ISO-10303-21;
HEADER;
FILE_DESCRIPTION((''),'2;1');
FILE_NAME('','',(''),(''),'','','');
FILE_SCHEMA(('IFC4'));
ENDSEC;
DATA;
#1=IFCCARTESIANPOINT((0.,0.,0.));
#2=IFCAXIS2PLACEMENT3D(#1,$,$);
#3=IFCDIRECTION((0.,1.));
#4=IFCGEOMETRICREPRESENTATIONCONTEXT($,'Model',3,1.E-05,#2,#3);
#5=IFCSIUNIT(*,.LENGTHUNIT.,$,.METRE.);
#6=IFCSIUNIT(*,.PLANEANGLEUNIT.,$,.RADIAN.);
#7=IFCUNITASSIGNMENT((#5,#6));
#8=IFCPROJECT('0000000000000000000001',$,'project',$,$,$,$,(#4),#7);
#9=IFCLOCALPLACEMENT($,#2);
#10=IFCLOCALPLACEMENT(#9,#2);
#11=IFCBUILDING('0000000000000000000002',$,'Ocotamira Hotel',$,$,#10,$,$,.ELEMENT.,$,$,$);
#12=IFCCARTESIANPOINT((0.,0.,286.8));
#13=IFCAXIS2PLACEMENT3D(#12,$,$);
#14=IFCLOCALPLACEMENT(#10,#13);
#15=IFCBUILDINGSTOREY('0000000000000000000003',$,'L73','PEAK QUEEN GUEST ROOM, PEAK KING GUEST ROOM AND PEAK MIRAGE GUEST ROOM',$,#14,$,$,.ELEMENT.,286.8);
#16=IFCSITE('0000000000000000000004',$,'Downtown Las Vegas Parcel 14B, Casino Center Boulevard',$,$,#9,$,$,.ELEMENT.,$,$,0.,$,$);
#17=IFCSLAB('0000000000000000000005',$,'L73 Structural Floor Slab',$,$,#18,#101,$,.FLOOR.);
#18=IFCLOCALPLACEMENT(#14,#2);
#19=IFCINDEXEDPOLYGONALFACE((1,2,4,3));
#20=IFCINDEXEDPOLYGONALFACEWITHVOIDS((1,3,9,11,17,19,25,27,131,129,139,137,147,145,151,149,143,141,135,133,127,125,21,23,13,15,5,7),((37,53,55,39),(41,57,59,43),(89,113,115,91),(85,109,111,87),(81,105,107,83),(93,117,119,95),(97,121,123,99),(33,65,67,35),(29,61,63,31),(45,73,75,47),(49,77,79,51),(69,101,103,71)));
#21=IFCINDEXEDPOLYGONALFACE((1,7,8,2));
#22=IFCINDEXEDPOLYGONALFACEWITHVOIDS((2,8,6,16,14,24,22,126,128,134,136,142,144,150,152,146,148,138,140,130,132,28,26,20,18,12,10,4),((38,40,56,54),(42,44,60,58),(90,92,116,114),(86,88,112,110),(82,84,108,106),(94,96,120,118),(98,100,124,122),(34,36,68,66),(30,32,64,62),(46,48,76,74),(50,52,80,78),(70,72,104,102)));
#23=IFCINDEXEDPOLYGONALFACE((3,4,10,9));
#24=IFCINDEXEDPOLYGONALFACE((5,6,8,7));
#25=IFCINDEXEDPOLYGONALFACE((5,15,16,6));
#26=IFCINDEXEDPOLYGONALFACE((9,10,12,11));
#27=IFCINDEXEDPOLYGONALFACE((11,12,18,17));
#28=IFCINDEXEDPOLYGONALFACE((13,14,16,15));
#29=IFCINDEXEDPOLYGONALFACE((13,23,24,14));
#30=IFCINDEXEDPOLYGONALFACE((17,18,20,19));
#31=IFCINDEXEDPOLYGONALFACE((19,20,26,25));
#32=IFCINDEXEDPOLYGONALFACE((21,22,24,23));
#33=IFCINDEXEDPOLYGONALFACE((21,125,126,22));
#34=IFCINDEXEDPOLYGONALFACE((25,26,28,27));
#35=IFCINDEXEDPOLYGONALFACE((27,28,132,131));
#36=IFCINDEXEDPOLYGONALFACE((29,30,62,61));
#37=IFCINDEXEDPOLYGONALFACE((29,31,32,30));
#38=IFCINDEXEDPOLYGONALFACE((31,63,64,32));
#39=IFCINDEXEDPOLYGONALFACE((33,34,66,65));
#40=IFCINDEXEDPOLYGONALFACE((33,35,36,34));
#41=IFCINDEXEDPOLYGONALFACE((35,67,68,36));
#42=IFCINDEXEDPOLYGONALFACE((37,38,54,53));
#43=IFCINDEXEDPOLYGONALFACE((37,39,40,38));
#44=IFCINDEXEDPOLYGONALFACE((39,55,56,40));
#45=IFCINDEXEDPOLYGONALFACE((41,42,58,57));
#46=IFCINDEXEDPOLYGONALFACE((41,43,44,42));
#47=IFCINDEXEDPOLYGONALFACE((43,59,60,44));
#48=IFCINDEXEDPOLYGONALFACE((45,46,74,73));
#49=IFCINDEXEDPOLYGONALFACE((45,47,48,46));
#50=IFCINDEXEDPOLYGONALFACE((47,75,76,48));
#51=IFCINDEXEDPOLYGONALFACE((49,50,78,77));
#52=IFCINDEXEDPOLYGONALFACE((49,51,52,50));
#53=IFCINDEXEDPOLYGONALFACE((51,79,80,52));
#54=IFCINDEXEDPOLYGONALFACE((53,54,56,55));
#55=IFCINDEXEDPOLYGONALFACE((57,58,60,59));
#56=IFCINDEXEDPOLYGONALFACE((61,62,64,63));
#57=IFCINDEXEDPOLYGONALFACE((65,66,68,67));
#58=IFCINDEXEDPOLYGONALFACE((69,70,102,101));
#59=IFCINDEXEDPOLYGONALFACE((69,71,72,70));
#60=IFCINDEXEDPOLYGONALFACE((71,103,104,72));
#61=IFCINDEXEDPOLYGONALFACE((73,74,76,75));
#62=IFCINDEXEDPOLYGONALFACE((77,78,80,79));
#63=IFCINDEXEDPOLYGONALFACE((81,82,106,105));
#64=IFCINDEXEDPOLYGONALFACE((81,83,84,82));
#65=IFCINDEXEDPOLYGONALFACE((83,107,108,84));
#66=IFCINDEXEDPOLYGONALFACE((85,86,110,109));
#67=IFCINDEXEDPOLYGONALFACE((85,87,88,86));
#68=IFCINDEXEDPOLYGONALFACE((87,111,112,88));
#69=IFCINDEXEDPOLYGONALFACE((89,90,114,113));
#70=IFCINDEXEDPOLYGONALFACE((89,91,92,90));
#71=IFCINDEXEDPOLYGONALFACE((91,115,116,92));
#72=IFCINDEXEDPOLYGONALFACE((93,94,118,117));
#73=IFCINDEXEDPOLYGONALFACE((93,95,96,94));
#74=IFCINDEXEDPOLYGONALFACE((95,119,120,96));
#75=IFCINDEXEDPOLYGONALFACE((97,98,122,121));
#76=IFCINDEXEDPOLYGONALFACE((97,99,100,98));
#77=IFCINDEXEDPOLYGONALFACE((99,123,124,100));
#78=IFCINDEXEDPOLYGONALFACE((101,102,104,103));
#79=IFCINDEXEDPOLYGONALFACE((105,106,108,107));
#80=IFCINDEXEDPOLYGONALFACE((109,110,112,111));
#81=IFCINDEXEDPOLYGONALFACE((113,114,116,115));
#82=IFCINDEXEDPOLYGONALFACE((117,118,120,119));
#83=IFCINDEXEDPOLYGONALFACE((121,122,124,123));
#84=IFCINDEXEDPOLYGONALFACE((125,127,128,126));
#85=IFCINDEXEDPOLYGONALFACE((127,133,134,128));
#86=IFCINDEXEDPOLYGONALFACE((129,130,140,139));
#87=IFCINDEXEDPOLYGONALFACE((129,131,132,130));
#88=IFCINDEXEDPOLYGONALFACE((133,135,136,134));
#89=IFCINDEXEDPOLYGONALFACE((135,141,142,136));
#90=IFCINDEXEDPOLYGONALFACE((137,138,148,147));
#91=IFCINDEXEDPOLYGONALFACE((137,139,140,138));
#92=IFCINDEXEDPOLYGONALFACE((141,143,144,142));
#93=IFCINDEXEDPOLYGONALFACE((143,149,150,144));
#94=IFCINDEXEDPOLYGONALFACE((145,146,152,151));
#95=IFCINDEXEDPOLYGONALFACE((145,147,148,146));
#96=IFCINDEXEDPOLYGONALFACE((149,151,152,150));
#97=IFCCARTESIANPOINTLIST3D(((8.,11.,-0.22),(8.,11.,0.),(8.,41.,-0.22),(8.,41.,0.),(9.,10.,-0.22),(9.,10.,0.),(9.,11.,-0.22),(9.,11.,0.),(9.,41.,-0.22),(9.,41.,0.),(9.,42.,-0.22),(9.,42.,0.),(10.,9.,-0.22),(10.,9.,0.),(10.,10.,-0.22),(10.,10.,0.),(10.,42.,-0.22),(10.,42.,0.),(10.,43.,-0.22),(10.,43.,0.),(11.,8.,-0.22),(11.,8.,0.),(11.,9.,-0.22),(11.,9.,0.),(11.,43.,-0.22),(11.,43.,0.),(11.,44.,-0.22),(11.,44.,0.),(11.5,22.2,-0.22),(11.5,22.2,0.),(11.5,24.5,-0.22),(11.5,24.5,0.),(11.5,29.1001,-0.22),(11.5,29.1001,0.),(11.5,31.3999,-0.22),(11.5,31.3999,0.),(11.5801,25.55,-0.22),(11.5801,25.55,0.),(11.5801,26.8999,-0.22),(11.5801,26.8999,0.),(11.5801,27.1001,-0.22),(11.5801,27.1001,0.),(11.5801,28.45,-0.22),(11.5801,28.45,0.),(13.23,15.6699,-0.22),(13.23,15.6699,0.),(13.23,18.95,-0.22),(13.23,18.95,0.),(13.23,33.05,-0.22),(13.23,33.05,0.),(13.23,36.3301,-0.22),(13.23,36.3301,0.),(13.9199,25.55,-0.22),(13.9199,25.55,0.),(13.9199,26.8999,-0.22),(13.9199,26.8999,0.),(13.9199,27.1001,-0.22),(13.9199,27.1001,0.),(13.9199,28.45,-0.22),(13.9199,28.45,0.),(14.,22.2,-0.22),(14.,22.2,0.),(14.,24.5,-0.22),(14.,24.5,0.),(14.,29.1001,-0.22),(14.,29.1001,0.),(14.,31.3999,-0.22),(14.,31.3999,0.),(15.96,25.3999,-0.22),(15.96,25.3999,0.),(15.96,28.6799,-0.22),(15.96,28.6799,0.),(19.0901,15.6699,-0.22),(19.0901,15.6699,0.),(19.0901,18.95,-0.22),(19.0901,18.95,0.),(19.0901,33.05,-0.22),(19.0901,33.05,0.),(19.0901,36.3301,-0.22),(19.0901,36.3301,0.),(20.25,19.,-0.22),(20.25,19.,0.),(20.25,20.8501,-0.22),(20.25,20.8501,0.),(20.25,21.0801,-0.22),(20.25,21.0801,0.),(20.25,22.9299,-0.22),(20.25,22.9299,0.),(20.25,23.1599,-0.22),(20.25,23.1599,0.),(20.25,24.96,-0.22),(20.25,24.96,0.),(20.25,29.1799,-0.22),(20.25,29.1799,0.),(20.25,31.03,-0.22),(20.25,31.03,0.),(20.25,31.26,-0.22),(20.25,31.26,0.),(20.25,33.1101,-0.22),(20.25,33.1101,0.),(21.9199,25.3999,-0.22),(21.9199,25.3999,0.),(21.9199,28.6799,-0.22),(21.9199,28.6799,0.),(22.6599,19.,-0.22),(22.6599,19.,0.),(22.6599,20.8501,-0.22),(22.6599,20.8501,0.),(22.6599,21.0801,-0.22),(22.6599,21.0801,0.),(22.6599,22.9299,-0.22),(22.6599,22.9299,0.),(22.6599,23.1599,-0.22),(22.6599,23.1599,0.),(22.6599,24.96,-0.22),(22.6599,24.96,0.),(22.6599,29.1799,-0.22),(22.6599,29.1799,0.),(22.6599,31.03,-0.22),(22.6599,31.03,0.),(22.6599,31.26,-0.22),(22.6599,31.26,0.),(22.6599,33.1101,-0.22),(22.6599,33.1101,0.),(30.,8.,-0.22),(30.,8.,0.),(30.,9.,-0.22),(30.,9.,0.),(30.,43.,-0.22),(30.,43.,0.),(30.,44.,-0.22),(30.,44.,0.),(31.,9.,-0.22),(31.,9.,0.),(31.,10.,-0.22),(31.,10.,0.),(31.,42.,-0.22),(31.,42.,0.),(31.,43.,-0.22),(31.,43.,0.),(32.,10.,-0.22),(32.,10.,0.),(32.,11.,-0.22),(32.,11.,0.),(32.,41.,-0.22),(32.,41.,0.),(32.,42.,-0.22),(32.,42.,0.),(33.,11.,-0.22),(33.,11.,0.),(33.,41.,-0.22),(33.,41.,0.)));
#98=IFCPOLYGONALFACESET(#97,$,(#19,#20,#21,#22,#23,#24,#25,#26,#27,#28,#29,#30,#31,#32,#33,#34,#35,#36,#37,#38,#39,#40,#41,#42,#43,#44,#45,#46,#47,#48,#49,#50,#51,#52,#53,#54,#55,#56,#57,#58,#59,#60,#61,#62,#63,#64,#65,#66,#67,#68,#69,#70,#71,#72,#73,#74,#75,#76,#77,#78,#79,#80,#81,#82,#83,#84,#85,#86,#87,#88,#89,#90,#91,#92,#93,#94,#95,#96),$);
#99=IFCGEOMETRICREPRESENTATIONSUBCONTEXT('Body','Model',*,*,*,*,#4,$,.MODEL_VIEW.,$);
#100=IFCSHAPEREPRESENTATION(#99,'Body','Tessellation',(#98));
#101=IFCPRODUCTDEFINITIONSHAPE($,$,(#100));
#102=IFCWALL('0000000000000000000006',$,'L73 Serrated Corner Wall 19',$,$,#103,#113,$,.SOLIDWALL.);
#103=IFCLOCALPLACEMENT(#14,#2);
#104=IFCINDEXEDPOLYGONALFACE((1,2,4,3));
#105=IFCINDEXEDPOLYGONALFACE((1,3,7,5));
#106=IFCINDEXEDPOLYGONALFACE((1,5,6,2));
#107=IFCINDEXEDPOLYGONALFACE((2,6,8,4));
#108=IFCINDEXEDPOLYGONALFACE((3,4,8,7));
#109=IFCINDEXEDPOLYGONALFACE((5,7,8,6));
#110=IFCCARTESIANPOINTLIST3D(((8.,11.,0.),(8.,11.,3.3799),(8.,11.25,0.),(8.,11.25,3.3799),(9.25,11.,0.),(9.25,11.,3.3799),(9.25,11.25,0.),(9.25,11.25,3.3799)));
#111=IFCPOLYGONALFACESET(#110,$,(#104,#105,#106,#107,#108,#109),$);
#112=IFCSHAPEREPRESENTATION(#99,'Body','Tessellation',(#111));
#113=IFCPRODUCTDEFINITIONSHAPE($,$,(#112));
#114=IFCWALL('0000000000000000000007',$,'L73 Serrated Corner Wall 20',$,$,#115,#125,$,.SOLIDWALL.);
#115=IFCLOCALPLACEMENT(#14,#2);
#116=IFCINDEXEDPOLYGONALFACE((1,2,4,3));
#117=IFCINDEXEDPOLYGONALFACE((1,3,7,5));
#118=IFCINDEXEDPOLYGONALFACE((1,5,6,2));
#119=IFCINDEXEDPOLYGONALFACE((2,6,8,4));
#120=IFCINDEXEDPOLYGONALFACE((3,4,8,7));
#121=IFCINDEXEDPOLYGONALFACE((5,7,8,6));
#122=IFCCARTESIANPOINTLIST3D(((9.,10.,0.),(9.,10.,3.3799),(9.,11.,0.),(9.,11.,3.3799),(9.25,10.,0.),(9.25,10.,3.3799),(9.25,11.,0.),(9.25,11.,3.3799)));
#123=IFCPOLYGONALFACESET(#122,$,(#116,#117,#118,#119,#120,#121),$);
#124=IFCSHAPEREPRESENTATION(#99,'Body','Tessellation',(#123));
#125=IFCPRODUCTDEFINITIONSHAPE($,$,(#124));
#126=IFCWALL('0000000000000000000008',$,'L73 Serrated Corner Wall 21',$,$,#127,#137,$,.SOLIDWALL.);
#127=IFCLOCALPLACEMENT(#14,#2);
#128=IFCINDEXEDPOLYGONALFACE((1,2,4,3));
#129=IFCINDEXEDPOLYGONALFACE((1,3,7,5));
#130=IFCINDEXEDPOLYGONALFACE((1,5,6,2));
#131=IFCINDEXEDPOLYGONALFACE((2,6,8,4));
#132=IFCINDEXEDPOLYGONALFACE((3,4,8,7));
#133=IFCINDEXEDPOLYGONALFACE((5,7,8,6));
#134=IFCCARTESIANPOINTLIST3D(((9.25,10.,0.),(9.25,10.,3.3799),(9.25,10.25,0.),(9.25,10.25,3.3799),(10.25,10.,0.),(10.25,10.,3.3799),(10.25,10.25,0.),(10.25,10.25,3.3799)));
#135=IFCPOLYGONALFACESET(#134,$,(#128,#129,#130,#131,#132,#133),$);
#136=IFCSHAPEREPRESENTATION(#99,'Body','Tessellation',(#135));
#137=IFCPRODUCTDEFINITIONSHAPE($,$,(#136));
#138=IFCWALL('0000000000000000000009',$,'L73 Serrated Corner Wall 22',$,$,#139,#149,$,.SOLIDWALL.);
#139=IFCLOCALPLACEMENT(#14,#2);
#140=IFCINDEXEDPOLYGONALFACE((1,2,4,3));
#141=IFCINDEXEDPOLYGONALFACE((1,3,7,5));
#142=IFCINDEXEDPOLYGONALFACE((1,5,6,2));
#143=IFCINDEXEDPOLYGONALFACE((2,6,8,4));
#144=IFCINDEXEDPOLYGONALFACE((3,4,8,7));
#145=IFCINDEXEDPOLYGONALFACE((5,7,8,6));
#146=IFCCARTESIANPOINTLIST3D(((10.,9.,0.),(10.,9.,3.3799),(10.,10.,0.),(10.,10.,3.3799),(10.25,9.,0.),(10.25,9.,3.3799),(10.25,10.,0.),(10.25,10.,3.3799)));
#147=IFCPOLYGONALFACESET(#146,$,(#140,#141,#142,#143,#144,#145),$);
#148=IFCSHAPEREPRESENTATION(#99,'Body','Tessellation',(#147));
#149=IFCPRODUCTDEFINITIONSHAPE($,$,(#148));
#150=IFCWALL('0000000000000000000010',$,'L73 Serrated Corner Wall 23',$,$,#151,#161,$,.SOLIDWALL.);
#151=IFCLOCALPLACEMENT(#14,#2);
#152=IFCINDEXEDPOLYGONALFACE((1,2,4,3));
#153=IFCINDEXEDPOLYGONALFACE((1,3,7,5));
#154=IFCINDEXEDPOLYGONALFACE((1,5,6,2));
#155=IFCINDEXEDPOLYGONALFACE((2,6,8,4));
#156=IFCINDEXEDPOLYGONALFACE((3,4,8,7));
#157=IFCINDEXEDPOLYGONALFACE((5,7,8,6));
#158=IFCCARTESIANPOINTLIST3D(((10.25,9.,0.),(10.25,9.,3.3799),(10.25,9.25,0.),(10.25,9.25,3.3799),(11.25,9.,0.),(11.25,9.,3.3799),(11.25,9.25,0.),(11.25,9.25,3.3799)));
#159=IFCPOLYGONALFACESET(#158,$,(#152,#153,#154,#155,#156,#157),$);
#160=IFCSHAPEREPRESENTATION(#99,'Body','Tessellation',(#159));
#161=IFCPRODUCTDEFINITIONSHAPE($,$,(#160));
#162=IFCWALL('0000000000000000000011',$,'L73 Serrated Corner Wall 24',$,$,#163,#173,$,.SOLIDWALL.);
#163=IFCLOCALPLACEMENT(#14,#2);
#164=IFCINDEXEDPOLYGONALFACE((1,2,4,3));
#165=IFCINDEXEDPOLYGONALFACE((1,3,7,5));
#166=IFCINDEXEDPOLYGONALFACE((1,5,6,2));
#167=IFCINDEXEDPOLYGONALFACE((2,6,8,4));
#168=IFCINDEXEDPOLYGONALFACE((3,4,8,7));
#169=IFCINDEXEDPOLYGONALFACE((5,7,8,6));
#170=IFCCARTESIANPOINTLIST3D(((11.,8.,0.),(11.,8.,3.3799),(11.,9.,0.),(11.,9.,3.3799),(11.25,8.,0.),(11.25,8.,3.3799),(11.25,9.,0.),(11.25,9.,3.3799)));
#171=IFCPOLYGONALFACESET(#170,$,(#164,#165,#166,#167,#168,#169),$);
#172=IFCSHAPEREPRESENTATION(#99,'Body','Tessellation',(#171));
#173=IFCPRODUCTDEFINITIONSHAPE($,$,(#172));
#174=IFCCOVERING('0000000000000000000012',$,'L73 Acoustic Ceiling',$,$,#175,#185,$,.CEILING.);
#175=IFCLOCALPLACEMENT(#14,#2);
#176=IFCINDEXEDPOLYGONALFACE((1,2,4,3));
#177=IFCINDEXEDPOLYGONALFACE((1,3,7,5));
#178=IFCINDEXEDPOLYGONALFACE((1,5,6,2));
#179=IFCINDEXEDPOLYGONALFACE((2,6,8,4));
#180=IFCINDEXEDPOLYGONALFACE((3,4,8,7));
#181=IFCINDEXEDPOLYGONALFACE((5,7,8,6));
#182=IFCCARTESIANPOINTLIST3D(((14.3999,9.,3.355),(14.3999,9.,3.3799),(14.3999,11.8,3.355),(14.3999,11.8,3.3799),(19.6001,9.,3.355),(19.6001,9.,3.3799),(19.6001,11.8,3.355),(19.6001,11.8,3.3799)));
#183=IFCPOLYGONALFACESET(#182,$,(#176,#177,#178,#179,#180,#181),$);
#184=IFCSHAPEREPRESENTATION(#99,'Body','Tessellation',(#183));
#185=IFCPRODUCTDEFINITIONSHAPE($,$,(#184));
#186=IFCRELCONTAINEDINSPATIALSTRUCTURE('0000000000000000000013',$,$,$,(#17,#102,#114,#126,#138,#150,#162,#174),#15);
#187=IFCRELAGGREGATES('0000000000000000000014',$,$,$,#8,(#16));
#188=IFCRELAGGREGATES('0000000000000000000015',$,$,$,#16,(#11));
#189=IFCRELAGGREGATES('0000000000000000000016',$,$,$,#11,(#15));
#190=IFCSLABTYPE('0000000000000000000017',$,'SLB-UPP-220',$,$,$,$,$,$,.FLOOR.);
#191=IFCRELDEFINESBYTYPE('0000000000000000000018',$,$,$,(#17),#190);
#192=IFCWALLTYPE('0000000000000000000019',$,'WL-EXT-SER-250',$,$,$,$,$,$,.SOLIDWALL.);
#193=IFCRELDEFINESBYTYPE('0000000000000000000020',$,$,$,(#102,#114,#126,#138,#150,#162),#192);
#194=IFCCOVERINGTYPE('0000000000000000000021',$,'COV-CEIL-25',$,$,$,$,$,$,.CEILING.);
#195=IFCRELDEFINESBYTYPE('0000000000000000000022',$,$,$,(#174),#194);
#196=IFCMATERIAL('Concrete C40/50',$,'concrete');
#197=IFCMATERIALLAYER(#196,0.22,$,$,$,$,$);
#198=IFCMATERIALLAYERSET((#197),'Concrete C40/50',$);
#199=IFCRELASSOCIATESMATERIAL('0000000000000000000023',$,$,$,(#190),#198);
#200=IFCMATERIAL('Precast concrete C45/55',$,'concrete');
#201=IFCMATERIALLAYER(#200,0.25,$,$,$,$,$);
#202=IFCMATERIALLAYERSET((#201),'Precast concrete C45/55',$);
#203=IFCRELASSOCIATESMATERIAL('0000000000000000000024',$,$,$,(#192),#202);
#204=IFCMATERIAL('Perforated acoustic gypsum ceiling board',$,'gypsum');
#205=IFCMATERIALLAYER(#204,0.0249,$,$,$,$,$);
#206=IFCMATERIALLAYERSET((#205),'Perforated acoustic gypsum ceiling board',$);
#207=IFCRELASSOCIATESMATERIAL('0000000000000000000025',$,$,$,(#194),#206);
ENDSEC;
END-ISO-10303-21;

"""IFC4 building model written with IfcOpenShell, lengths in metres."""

from ifc_helpers import new_model, si_unit, direction, frame, frame_2d, origin, place, context, subcontext, project, spatial, polyline, rectangle, outline, extrude, material, layer, layer_set, type_object, element, save


model = new_model("IFC4")

# Units and contexts
model_context = context("Model", 3, precision=1e-05, world=origin(), true_north=direction((0.0, 1.0)))
body_context = subcontext(model_context, "Body", "Model", "MODEL_VIEW")
ifc_project = project(units=[si_unit("LENGTHUNIT", "METRE"), si_unit("PLANEANGLEUNIT", "RADIAN")], contexts=[model_context])

# Site, building, storey
site_placement = place(None, origin())
site = spatial("IfcSite", under=ifc_project, at=site_placement, Name="Downtown Las Vegas Parcel 14B, Casino Center Boulevard", CompositionType="ELEMENT", RefElevation=0.0)
building_placement = place(site_placement, origin())
building = spatial("IfcBuilding", under=site, at=building_placement, Name="Ocotamira Hotel", CompositionType="ELEMENT")
storey_placement = place(building_placement, frame((0.0, 0.0, 286.8)))
storey = spatial("IfcBuildingStorey", under=building, at=storey_placement, Name="L73", Description="PEAK QUEEN GUEST ROOM, PEAK KING GUEST ROOM AND PEAK MIRAGE GUEST ROOM", CompositionType="ELEMENT", Elevation=286.8)

# Shared definitions
ifc_material_1 = material(Name="Concrete C40/50", Category="concrete")

# Slab
ifc_layer_1 = layer(ifc_material_1, 0.22)
ifc_layer_set_1 = layer_set([ifc_layer_1], Name="Concrete C40/50")
slab_type_1 = type_object("IfcSlabType", Name="SLB-UPP-220", PredefinedType="FLOOR", material=ifc_layer_set_1)
slab_1_placement = place(storey_placement, frame((0.0, 0.0, -0.22)))
element("IfcSlab", 1, at=slab_1_placement, inside=storey, type_object=slab_type_1, Name="L73 Structural Floor Slab", PredefinedType="FLOOR", context=body_context, shape_type="SweptSolid", body=[
    extrude(outline(polyline([(11.0, 8.0), (30.0, 8.0), (30.0, 9.0), (31.0, 9.0), (31.0, 10.0), (32.0, 10.0), (32.0, 11.0), (33.0, 11.0), (33.0, 41.0), (32.0, 41.0), (32.0, 42.0), (31.0, 42.0), (31.0, 43.0), (30.0, 43.0), (30.0, 44.0), (11.0, 44.0), (11.0, 43.0), (10.0, 43.0), (10.0, 42.0), (9.0, 42.0), (9.0, 41.0), (8.0, 41.0), (8.0, 11.0), (9.0, 11.0), (9.0, 10.0), (10.0, 10.0), (10.0, 9.0), (11.0, 9.0), (11.0, 8.0)]), holes=[polyline([(13.23, 15.6699), (19.0901, 15.6699), (19.0901, 18.95), (13.23, 18.95), (13.23, 15.6699)]), polyline([(13.23, 33.05), (19.0901, 33.05), (19.0901, 36.3301), (13.23, 36.3301), (13.23, 33.05)]), polyline([(15.96, 25.3999), (21.9199, 25.3999), (21.9199, 28.6799), (15.96, 28.6799), (15.96, 25.3999)]), polyline([(20.25, 19.0), (22.6599, 19.0), (22.6599, 20.8501), (20.25, 20.8501), (20.25, 19.0)]), polyline([(20.25, 21.0801), (22.6599, 21.0801), (22.6599, 22.9299), (20.25, 22.9299), (20.25, 21.0801)]), polyline([(20.25, 23.1599), (22.6599, 23.1599), (22.6599, 24.96), (20.25, 24.96), (20.25, 23.1599)]), polyline([(20.25, 29.1799), (22.6599, 29.1799), (22.6599, 31.03), (20.25, 31.03), (20.25, 29.1799)]), polyline([(20.25, 31.26), (22.6599, 31.26), (22.6599, 33.1101), (20.25, 33.1101), (20.25, 31.26)]), polyline([(11.5, 22.2), (14.0, 22.2), (14.0, 24.5), (11.5, 24.5), (11.5, 22.2)]), polyline([(11.5, 29.1001), (14.0, 29.1001), (14.0, 31.3999), (11.5, 31.3999), (11.5, 29.1001)]), polyline([(11.5801, 25.55), (13.9199, 25.55), (13.9199, 26.8999), (11.5801, 26.8999), (11.5801, 25.55)]), polyline([(11.5801, 27.1001), (13.9199, 27.1001), (13.9199, 28.45), (11.5801, 28.45), (11.5801, 27.1001)])]), origin(), (0.0, 0.0, 1.0), 0.22),
])

# Walls
ifc_material_2 = material(Name="Precast concrete C45/55", Category="concrete")
ifc_layer_2 = layer(ifc_material_2, 0.25)
ifc_layer_set_2 = layer_set([ifc_layer_2], Name="Precast concrete C45/55")
wall_type_1 = type_object("IfcWallType", Name="WL-EXT-SER-250", PredefinedType="SOLIDWALL", material=ifc_layer_set_2)
wall_1_placement = place(storey_placement, frame((8.0, 11.125, 0.0), z_axis=(0.0, 0.0, 1.0), x_axis=(1.0, 0.0, 0.0)))
element("IfcWall", 2, at=wall_1_placement, inside=storey, type_object=wall_type_1, Name="L73 Serrated Corner Wall 19", PredefinedType="SOLIDWALL", context=body_context, shape_type="SweptSolid", body=[
    extrude(rectangle(XDim=1.25, YDim=0.25, at=frame_2d((0.625, 0.0))), origin(), (0.0, 0.0, 1.0), 3.3799),
])
for number, where, z_axis, x_axis, name in (
    (3, (9.125, 11.0, 0.0), (0.0, 0.0, 1.0), (0.0, -1.0, 0.0), "L73 Serrated Corner Wall 20"),
    (4, (9.25, 10.125, 0.0), (0.0, 0.0, 1.0), (1.0, 0.0, 0.0), "L73 Serrated Corner Wall 21"),
    (5, (10.125, 10.0, 0.0), (0.0, 0.0, 1.0), (0.0, -1.0, 0.0), "L73 Serrated Corner Wall 22"),
    (6, (10.25, 9.125, 0.0), (0.0, 0.0, 1.0), (1.0, 0.0, 0.0), "L73 Serrated Corner Wall 23"),
    (7, (11.125, 9.0, 0.0), (0.0, 0.0, 1.0), (0.0, -1.0, 0.0), "L73 Serrated Corner Wall 24"),
):
    element("IfcWall", number, at=place(storey_placement, frame(where, z_axis=z_axis, x_axis=x_axis)), inside=storey, type_object=wall_type_1, Name=name, PredefinedType="SOLIDWALL", context=body_context, shape_type="SweptSolid", body=[
        extrude(rectangle(XDim=1.0, YDim=0.25, at=frame_2d((0.5, 0.0))), origin(), (0.0, 0.0, 1.0), 3.3799),
    ])

# Covering
ifc_material_3 = material(Name="Perforated acoustic gypsum ceiling board", Category="gypsum")
ifc_layer_3 = layer(ifc_material_3, 0.0249)
ifc_layer_set_3 = layer_set([ifc_layer_3], Name="Perforated acoustic gypsum ceiling board")
covering_type_1 = type_object("IfcCoveringType", Name="COV-CEIL-25", PredefinedType="CEILING", material=ifc_layer_set_3)
covering_1_placement = place(storey_placement, frame((0.0, 0.0, 3.355)))
element("IfcCovering", 8, at=covering_1_placement, inside=storey, type_object=covering_type_1, Name="L73 Acoustic Ceiling", PredefinedType="CEILING", context=body_context, shape_type="SweptSolid", body=[
    extrude(outline(polyline([(14.3999, 9.0), (19.6001, 9.0), (19.6001, 11.8), (14.3999, 11.8), (14.3999, 9.0)])), origin(), (0.0, 0.0, 1.0), 0.0249),
])

save(model, "model.ifc")
